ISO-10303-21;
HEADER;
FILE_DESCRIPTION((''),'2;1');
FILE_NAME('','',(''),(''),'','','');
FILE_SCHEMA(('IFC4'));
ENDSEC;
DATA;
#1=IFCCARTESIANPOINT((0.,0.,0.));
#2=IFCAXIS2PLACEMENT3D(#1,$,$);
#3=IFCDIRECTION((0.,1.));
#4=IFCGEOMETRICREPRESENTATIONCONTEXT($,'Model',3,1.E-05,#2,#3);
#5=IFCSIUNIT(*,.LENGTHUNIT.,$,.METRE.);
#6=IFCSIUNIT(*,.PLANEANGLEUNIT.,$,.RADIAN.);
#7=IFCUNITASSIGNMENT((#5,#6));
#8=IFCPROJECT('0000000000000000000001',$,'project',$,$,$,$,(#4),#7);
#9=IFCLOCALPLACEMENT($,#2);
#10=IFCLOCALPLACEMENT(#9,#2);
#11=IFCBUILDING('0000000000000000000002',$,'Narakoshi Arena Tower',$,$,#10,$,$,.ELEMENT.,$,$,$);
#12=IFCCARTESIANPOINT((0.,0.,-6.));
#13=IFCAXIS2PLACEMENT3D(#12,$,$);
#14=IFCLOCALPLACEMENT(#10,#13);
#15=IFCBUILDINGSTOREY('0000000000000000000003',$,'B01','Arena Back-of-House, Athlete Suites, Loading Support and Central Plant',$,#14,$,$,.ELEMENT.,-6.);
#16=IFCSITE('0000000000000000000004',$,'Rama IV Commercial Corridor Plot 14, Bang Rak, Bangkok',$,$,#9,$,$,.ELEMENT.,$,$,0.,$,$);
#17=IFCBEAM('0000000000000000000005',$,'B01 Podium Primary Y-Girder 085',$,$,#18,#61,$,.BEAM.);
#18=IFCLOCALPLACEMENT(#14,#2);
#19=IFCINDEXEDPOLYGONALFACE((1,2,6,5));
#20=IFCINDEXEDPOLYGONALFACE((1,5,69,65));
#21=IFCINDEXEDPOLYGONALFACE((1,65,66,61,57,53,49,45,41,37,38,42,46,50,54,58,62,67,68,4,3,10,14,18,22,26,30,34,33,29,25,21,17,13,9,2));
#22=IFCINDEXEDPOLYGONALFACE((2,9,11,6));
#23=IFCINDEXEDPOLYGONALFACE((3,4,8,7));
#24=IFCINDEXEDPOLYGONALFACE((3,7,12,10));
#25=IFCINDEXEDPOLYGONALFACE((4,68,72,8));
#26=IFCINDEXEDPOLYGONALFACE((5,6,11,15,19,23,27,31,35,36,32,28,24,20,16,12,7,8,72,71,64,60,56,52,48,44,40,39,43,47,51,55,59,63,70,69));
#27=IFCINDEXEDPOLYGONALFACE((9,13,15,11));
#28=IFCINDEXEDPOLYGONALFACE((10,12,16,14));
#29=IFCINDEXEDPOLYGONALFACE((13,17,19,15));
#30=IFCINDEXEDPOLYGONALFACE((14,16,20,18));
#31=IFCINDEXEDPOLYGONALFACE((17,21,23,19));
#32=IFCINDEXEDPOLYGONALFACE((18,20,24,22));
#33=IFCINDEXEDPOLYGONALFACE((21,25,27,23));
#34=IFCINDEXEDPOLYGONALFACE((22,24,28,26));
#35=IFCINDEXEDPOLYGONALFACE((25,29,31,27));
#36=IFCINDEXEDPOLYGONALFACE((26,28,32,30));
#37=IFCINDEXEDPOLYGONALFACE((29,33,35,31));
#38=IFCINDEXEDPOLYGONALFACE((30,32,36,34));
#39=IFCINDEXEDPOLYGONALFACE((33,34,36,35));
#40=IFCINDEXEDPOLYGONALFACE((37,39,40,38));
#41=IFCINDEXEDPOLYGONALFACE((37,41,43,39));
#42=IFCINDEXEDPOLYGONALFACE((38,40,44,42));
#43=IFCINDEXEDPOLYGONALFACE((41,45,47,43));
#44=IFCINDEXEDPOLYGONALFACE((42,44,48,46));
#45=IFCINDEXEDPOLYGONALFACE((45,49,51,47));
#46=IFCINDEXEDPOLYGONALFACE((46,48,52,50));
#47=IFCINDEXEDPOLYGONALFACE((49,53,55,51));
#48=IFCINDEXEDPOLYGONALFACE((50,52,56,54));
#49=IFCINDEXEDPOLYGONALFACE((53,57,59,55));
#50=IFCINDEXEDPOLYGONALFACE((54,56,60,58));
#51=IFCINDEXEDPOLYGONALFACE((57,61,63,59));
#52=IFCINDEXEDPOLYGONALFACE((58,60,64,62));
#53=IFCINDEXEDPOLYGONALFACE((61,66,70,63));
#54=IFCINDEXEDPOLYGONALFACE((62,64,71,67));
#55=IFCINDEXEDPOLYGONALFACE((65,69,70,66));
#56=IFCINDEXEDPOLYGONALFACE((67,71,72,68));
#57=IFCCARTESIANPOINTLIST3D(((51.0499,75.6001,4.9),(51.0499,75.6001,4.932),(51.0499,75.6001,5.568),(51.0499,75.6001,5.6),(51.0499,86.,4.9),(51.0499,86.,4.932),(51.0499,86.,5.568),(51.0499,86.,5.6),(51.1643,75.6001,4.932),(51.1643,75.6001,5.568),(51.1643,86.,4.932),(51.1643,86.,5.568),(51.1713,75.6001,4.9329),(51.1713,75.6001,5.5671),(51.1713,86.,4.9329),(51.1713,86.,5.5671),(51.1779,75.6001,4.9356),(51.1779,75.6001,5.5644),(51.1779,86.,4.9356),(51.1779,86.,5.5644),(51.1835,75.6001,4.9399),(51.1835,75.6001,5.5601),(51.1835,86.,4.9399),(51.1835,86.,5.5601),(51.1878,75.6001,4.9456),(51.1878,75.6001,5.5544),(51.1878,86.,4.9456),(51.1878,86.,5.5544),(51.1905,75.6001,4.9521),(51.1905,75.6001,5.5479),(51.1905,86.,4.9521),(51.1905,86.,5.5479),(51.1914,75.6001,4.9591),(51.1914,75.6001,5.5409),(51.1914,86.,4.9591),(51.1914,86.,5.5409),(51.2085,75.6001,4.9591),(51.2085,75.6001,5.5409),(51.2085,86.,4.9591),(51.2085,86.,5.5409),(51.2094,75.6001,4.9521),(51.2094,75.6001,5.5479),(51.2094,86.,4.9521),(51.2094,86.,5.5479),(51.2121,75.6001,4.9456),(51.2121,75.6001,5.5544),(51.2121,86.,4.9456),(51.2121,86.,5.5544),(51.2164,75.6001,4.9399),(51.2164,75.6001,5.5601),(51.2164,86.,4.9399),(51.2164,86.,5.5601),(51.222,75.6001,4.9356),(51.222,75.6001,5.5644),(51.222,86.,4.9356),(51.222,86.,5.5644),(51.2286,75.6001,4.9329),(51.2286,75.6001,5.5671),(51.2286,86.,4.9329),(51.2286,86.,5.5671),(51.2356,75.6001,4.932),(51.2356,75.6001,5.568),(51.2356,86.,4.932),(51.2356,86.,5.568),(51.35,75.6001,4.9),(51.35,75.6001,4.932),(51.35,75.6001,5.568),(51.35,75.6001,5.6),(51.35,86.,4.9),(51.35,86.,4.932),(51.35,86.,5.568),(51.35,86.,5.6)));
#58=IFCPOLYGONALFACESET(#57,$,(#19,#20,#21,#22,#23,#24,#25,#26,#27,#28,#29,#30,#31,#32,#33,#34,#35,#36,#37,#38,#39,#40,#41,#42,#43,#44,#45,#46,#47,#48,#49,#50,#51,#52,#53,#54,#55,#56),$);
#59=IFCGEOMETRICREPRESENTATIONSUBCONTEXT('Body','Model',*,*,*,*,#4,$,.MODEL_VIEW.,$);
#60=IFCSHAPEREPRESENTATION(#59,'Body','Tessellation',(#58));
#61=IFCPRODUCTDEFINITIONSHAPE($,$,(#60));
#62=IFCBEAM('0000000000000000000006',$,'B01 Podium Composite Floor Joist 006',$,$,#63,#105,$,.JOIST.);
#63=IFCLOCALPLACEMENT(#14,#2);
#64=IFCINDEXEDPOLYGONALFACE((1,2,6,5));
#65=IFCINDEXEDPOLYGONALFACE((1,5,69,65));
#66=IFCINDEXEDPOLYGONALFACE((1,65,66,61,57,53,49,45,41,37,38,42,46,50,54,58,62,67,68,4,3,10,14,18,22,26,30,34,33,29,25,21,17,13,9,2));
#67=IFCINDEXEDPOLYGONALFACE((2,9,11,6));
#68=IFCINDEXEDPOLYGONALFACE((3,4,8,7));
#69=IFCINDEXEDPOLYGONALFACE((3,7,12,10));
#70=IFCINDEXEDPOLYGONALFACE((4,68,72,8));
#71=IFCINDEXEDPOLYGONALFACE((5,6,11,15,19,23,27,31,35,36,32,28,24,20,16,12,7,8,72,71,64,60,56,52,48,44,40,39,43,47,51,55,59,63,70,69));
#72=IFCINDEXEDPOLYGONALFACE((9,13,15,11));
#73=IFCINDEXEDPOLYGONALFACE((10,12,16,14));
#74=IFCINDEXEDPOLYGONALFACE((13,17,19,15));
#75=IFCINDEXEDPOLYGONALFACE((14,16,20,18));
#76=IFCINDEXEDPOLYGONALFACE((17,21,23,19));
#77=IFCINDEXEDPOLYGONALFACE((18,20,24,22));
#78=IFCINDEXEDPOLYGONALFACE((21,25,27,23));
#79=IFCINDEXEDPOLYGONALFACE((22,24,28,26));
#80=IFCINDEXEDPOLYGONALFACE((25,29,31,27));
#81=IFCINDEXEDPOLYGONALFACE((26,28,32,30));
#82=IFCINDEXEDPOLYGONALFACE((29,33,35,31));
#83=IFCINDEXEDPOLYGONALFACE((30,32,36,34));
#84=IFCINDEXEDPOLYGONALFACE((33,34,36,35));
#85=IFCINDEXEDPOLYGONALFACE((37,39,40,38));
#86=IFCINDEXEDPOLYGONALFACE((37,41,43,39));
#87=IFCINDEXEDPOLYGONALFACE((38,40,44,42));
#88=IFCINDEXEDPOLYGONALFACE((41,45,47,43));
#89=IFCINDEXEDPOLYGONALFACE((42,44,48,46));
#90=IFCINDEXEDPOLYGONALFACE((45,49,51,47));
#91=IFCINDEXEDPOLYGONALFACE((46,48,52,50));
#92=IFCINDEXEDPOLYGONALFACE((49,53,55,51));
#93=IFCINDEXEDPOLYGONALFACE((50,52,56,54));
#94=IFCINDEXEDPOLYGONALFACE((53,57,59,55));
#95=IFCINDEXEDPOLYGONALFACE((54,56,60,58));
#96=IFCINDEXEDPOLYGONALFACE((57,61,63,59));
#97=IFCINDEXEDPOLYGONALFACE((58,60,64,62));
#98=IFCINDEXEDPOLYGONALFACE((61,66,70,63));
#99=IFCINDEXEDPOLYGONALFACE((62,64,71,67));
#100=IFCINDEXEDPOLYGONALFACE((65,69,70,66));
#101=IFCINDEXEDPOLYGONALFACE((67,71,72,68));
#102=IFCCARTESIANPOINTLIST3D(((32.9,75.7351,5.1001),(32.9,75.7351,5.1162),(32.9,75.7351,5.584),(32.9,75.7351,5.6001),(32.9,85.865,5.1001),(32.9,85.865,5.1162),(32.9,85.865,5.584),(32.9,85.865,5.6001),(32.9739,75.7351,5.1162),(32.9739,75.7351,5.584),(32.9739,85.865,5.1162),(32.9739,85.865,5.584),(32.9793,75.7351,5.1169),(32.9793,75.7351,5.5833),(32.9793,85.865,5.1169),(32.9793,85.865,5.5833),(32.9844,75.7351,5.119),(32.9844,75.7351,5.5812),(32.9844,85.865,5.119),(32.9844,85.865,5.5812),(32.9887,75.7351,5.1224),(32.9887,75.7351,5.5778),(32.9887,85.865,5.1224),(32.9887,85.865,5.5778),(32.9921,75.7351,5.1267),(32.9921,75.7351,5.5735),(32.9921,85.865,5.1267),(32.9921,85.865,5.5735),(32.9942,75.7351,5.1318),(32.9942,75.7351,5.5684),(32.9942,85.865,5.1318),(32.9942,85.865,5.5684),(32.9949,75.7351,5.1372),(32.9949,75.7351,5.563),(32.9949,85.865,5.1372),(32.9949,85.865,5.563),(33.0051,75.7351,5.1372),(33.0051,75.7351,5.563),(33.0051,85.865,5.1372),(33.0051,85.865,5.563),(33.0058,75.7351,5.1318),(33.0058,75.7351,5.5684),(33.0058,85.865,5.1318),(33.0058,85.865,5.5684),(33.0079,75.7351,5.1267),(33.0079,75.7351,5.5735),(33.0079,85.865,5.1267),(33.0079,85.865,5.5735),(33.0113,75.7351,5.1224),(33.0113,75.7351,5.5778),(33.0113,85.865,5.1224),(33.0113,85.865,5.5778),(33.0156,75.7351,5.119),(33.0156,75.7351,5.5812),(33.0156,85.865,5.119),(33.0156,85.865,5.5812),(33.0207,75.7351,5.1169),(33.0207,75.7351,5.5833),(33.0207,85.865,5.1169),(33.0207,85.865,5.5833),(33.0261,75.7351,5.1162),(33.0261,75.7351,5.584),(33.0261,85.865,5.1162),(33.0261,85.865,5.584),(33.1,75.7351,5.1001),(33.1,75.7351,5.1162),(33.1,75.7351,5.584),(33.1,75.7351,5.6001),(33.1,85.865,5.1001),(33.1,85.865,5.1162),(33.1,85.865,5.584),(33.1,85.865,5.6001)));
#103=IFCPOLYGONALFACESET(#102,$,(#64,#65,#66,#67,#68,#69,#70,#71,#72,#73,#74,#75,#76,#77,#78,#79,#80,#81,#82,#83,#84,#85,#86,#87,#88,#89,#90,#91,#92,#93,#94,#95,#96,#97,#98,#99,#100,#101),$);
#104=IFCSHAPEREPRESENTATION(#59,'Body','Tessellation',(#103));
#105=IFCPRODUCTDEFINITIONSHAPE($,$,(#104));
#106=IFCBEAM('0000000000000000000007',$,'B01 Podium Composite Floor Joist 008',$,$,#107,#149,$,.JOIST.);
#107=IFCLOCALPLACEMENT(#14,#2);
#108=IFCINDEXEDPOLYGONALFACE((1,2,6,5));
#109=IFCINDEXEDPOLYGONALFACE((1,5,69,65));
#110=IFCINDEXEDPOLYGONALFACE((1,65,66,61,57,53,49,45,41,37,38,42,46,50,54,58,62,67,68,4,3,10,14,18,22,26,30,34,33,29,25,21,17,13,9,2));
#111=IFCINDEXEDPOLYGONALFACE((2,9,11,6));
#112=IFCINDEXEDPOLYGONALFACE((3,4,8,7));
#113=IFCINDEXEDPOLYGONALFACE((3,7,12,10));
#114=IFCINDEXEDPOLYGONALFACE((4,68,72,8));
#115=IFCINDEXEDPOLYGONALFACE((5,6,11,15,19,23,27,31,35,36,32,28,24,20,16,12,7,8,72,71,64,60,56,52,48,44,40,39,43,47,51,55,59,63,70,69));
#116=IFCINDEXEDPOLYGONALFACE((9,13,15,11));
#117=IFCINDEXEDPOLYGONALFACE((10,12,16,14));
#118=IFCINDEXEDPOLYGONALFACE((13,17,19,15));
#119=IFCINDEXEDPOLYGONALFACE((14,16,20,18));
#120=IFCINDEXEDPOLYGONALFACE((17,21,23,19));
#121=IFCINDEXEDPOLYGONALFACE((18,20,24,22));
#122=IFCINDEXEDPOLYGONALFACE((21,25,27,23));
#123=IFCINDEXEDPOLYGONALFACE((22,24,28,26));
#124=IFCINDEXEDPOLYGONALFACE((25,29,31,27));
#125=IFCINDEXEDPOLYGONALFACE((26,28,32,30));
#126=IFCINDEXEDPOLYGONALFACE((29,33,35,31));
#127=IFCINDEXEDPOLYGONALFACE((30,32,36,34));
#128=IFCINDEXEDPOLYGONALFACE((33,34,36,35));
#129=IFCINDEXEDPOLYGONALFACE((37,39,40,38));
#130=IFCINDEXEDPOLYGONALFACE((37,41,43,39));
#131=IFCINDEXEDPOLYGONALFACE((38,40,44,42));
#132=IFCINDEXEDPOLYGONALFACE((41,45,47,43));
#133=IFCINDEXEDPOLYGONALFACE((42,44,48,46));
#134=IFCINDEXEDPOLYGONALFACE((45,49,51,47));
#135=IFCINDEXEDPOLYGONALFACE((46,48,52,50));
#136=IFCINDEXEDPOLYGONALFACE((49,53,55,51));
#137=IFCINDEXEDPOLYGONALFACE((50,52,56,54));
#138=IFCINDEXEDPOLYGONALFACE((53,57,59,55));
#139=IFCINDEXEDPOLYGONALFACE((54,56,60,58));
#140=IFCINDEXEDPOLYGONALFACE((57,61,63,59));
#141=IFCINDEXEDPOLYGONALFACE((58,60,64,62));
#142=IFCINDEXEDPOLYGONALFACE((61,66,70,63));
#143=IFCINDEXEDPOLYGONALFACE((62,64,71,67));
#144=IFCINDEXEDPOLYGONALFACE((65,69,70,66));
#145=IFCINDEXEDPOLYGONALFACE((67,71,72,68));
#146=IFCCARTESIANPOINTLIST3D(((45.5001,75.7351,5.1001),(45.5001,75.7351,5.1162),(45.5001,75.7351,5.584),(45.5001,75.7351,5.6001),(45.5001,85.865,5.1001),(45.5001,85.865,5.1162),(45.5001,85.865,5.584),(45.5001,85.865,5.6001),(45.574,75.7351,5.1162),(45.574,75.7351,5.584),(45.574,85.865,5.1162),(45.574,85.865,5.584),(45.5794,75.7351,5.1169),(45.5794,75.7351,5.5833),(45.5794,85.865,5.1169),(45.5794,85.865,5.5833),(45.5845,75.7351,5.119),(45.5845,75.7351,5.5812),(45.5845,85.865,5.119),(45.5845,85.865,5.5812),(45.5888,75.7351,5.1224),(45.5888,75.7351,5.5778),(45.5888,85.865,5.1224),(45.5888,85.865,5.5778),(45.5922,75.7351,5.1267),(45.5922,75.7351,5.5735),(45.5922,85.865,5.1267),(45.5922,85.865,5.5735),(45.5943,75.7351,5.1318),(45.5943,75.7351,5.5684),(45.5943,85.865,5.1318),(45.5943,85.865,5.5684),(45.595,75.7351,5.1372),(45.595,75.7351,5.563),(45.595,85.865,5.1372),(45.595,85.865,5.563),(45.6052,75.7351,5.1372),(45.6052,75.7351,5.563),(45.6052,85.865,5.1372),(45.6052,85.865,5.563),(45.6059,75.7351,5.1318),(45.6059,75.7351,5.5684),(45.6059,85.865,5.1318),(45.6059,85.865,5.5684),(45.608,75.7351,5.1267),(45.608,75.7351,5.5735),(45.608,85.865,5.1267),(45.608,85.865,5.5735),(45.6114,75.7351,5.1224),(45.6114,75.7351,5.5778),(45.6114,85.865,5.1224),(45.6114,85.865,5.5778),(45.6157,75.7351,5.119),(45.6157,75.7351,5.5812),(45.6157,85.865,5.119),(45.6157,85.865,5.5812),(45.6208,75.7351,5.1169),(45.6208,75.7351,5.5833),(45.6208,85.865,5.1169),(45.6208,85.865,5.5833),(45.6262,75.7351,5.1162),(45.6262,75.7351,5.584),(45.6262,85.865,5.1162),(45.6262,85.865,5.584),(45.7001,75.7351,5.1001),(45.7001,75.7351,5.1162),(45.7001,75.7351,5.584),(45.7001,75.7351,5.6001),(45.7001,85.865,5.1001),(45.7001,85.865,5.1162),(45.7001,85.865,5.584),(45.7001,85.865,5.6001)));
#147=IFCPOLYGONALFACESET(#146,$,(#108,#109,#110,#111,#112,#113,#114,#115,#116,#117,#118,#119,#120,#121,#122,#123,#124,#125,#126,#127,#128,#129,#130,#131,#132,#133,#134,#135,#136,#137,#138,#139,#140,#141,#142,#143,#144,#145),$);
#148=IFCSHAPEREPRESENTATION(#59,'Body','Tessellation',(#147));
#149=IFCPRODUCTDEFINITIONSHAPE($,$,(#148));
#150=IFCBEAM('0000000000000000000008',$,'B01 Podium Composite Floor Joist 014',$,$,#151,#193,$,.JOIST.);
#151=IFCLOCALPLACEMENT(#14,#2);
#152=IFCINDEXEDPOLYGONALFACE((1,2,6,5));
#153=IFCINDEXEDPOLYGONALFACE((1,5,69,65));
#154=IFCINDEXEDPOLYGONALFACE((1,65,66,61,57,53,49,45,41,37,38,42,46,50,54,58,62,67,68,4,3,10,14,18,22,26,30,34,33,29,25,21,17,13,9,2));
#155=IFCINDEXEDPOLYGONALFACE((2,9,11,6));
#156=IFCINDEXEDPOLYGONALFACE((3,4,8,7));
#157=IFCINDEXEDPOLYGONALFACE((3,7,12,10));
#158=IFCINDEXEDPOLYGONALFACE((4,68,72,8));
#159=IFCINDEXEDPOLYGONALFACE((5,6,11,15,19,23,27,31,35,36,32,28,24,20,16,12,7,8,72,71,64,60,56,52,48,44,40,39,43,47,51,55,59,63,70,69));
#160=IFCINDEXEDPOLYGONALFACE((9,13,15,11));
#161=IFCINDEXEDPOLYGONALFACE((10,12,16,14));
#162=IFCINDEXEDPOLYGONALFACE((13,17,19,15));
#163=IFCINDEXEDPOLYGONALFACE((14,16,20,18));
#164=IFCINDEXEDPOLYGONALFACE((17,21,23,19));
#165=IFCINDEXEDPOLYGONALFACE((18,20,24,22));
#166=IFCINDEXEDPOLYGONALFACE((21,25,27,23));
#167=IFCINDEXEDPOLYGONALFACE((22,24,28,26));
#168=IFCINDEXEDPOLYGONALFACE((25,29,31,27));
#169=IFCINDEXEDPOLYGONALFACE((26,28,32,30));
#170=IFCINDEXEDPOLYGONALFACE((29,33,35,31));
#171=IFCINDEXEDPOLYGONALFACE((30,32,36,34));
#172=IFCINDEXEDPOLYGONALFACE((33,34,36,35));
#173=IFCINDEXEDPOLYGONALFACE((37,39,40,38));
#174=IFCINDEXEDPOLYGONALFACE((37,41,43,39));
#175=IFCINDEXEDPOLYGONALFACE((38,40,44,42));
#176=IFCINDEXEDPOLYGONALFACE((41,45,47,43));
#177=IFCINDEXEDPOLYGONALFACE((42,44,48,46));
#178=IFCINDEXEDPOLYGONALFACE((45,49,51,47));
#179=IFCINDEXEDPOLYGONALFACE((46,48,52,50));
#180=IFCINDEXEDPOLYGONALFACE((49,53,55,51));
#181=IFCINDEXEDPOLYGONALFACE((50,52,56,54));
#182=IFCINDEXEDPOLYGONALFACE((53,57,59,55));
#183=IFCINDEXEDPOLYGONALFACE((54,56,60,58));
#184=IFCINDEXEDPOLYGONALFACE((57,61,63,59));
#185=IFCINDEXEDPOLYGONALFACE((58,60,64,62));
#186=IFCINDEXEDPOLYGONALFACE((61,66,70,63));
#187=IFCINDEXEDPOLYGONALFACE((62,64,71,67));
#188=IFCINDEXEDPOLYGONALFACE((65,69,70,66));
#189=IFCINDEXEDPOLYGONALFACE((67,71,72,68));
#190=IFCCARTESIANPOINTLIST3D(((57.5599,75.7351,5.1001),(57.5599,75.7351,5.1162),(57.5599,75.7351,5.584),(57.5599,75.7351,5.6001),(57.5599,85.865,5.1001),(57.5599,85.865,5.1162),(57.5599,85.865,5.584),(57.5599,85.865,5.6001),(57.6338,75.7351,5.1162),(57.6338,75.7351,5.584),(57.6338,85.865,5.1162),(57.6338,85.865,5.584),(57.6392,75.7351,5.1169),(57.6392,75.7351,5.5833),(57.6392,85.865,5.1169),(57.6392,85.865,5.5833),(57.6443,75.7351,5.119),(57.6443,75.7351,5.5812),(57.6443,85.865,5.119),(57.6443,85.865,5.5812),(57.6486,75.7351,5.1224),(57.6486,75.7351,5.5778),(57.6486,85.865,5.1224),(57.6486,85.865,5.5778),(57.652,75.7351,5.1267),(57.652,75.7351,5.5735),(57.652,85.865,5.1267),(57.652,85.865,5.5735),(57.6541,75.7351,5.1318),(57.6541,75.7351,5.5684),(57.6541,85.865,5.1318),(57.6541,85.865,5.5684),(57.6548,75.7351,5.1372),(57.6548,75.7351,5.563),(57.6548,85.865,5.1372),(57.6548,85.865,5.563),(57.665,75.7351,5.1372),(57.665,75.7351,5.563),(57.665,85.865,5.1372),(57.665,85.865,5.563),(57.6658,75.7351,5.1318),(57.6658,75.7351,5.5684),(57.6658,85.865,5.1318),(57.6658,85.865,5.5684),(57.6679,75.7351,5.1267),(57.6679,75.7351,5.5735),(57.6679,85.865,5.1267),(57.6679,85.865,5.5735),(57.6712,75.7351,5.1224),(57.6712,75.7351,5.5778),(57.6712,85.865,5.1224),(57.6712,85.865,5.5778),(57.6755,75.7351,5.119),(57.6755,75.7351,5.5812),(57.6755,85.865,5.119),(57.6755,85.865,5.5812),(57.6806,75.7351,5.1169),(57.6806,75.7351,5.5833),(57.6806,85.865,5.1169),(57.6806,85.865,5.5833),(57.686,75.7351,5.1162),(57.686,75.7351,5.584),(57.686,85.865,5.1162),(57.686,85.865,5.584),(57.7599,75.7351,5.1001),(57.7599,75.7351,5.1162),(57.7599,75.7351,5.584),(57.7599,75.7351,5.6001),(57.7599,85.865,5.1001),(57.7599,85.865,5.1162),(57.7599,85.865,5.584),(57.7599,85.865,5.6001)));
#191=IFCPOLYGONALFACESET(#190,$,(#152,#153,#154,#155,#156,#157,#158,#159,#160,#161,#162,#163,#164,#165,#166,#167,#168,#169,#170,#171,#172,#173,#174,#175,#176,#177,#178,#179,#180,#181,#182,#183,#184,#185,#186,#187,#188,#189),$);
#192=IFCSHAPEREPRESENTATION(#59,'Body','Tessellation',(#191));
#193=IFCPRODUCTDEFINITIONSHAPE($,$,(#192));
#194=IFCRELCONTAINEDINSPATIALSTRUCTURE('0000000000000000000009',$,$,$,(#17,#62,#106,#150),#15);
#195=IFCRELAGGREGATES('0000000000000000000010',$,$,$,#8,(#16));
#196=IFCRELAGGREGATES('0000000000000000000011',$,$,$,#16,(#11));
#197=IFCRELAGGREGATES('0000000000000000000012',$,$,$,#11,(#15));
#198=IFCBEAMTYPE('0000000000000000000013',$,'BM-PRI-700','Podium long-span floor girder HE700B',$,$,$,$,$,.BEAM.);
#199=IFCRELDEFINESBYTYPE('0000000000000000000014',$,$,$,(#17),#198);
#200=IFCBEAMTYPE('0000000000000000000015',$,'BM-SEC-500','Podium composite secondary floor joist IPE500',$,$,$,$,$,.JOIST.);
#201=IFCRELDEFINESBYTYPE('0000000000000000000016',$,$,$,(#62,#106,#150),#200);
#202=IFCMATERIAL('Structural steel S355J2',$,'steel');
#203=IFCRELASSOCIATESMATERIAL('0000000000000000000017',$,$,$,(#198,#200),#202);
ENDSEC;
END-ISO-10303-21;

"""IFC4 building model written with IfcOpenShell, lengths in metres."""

from ifc_helpers import new_model, si_unit, direction, frame, origin, origin_2d, place, context, subcontext, project, spatial, i_section, extrude, material, material_profile, profile_set, type_object, element, save


model = new_model("IFC4")

# Units and contexts
model_context = context("Model", 3, precision=1e-05, world=origin(), true_north=direction((0.0, 1.0)))
body_context = subcontext(model_context, "Body", "Model", "MODEL_VIEW")
ifc_project = project(units=[si_unit("LENGTHUNIT", "METRE"), si_unit("PLANEANGLEUNIT", "RADIAN")], contexts=[model_context])

# Site, building, storey
site_placement = place(None, origin())
site = spatial("IfcSite", under=ifc_project, at=site_placement, Name="Rama IV Commercial Corridor Plot 14, Bang Rak, Bangkok", CompositionType="ELEMENT", RefElevation=0.0)
building_placement = place(site_placement, origin())
building = spatial("IfcBuilding", under=site, at=building_placement, Name="Narakoshi Arena Tower", CompositionType="ELEMENT")
storey_placement = place(building_placement, frame((0.0, 0.0, -6.0)))
storey = spatial("IfcBuildingStorey", under=building, at=storey_placement, Name="B01", Description="Arena Back-of-House, Athlete Suites, Loading Support and Central Plant", CompositionType="ELEMENT", Elevation=-6.0)

# Beams
ifc_material_1 = material(Name="Structural steel S355J2", Category="steel")
ifc_material_profile_1 = material_profile(ifc_material_1, i_section(OverallWidth=0.3, OverallDepth=0.7, WebThickness=0.0171, FlangeThickness=0.032, FilletRadius=0.0271, at=origin_2d()), Name="HE700B")
ifc_profile_set_1 = profile_set([ifc_material_profile_1], Name="Structural steel S355J2")
beam_type_1 = type_object("IfcBeamType", Name="BM-PRI-700", Description="Podium long-span floor girder HE700B", PredefinedType="BEAM", material=ifc_profile_set_1)
for number, where, z_axis, x_axis, name in (
    (1, (51.2, 75.6001, 5.25), (0.0, 1.0, 0.0), (-1.0, 0.0, 0.0), "B01 Podium Primary Y-Girder 085"),
):
    element("IfcBeam", number, at=place(storey_placement, frame(where, z_axis=z_axis, x_axis=x_axis)), inside=storey, type_object=beam_type_1, Name=name, PredefinedType="BEAM", context=body_context, shape_type="SweptSolid", body=[
        extrude(i_section(OverallWidth=0.3, OverallDepth=0.7, WebThickness=0.0171, FlangeThickness=0.032, FilletRadius=0.0271, at=origin_2d()), origin(), (0.0, 0.0, 1.0), 10.3999),
    ])
ifc_material_profile_2 = material_profile(ifc_material_1, i_section(OverallWidth=0.2, OverallDepth=0.5, WebThickness=0.0103, FlangeThickness=0.0161, FilletRadius=0.021, at=origin_2d()), Name="IPE500")
ifc_profile_set_2 = profile_set([ifc_material_profile_2], Name="Structural steel S355J2")
beam_type_2 = type_object("IfcBeamType", Name="BM-SEC-500", Description="Podium composite secondary floor joist IPE500", PredefinedType="JOIST", material=ifc_profile_set_2)
for number, where, z_axis, x_axis, name in (
    (2, (33.0, 75.7351, 5.3501), (0.0, 1.0, 0.0), (-1.0, 0.0, 0.0), "B01 Podium Composite Floor Joist 006"),
    (3, (45.6001, 75.7351, 5.3501), (0.0, 1.0, 0.0), (-1.0, 0.0, 0.0), "B01 Podium Composite Floor Joist 008"),
    (4, (57.6599, 75.7351, 5.3501), (0.0, 1.0, 0.0), (-1.0, 0.0, 0.0), "B01 Podium Composite Floor Joist 014"),
):
    element("IfcBeam", number, at=place(storey_placement, frame(where, z_axis=z_axis, x_axis=x_axis)), inside=storey, type_object=beam_type_2, Name=name, PredefinedType="JOIST", context=body_context, shape_type="SweptSolid", body=[
        extrude(i_section(OverallWidth=0.2, OverallDepth=0.5, WebThickness=0.0103, FlangeThickness=0.0161, FilletRadius=0.021, at=origin_2d()), origin(), (0.0, 0.0, 1.0), 10.1299),
    ])

save(model, "model.ifc")
